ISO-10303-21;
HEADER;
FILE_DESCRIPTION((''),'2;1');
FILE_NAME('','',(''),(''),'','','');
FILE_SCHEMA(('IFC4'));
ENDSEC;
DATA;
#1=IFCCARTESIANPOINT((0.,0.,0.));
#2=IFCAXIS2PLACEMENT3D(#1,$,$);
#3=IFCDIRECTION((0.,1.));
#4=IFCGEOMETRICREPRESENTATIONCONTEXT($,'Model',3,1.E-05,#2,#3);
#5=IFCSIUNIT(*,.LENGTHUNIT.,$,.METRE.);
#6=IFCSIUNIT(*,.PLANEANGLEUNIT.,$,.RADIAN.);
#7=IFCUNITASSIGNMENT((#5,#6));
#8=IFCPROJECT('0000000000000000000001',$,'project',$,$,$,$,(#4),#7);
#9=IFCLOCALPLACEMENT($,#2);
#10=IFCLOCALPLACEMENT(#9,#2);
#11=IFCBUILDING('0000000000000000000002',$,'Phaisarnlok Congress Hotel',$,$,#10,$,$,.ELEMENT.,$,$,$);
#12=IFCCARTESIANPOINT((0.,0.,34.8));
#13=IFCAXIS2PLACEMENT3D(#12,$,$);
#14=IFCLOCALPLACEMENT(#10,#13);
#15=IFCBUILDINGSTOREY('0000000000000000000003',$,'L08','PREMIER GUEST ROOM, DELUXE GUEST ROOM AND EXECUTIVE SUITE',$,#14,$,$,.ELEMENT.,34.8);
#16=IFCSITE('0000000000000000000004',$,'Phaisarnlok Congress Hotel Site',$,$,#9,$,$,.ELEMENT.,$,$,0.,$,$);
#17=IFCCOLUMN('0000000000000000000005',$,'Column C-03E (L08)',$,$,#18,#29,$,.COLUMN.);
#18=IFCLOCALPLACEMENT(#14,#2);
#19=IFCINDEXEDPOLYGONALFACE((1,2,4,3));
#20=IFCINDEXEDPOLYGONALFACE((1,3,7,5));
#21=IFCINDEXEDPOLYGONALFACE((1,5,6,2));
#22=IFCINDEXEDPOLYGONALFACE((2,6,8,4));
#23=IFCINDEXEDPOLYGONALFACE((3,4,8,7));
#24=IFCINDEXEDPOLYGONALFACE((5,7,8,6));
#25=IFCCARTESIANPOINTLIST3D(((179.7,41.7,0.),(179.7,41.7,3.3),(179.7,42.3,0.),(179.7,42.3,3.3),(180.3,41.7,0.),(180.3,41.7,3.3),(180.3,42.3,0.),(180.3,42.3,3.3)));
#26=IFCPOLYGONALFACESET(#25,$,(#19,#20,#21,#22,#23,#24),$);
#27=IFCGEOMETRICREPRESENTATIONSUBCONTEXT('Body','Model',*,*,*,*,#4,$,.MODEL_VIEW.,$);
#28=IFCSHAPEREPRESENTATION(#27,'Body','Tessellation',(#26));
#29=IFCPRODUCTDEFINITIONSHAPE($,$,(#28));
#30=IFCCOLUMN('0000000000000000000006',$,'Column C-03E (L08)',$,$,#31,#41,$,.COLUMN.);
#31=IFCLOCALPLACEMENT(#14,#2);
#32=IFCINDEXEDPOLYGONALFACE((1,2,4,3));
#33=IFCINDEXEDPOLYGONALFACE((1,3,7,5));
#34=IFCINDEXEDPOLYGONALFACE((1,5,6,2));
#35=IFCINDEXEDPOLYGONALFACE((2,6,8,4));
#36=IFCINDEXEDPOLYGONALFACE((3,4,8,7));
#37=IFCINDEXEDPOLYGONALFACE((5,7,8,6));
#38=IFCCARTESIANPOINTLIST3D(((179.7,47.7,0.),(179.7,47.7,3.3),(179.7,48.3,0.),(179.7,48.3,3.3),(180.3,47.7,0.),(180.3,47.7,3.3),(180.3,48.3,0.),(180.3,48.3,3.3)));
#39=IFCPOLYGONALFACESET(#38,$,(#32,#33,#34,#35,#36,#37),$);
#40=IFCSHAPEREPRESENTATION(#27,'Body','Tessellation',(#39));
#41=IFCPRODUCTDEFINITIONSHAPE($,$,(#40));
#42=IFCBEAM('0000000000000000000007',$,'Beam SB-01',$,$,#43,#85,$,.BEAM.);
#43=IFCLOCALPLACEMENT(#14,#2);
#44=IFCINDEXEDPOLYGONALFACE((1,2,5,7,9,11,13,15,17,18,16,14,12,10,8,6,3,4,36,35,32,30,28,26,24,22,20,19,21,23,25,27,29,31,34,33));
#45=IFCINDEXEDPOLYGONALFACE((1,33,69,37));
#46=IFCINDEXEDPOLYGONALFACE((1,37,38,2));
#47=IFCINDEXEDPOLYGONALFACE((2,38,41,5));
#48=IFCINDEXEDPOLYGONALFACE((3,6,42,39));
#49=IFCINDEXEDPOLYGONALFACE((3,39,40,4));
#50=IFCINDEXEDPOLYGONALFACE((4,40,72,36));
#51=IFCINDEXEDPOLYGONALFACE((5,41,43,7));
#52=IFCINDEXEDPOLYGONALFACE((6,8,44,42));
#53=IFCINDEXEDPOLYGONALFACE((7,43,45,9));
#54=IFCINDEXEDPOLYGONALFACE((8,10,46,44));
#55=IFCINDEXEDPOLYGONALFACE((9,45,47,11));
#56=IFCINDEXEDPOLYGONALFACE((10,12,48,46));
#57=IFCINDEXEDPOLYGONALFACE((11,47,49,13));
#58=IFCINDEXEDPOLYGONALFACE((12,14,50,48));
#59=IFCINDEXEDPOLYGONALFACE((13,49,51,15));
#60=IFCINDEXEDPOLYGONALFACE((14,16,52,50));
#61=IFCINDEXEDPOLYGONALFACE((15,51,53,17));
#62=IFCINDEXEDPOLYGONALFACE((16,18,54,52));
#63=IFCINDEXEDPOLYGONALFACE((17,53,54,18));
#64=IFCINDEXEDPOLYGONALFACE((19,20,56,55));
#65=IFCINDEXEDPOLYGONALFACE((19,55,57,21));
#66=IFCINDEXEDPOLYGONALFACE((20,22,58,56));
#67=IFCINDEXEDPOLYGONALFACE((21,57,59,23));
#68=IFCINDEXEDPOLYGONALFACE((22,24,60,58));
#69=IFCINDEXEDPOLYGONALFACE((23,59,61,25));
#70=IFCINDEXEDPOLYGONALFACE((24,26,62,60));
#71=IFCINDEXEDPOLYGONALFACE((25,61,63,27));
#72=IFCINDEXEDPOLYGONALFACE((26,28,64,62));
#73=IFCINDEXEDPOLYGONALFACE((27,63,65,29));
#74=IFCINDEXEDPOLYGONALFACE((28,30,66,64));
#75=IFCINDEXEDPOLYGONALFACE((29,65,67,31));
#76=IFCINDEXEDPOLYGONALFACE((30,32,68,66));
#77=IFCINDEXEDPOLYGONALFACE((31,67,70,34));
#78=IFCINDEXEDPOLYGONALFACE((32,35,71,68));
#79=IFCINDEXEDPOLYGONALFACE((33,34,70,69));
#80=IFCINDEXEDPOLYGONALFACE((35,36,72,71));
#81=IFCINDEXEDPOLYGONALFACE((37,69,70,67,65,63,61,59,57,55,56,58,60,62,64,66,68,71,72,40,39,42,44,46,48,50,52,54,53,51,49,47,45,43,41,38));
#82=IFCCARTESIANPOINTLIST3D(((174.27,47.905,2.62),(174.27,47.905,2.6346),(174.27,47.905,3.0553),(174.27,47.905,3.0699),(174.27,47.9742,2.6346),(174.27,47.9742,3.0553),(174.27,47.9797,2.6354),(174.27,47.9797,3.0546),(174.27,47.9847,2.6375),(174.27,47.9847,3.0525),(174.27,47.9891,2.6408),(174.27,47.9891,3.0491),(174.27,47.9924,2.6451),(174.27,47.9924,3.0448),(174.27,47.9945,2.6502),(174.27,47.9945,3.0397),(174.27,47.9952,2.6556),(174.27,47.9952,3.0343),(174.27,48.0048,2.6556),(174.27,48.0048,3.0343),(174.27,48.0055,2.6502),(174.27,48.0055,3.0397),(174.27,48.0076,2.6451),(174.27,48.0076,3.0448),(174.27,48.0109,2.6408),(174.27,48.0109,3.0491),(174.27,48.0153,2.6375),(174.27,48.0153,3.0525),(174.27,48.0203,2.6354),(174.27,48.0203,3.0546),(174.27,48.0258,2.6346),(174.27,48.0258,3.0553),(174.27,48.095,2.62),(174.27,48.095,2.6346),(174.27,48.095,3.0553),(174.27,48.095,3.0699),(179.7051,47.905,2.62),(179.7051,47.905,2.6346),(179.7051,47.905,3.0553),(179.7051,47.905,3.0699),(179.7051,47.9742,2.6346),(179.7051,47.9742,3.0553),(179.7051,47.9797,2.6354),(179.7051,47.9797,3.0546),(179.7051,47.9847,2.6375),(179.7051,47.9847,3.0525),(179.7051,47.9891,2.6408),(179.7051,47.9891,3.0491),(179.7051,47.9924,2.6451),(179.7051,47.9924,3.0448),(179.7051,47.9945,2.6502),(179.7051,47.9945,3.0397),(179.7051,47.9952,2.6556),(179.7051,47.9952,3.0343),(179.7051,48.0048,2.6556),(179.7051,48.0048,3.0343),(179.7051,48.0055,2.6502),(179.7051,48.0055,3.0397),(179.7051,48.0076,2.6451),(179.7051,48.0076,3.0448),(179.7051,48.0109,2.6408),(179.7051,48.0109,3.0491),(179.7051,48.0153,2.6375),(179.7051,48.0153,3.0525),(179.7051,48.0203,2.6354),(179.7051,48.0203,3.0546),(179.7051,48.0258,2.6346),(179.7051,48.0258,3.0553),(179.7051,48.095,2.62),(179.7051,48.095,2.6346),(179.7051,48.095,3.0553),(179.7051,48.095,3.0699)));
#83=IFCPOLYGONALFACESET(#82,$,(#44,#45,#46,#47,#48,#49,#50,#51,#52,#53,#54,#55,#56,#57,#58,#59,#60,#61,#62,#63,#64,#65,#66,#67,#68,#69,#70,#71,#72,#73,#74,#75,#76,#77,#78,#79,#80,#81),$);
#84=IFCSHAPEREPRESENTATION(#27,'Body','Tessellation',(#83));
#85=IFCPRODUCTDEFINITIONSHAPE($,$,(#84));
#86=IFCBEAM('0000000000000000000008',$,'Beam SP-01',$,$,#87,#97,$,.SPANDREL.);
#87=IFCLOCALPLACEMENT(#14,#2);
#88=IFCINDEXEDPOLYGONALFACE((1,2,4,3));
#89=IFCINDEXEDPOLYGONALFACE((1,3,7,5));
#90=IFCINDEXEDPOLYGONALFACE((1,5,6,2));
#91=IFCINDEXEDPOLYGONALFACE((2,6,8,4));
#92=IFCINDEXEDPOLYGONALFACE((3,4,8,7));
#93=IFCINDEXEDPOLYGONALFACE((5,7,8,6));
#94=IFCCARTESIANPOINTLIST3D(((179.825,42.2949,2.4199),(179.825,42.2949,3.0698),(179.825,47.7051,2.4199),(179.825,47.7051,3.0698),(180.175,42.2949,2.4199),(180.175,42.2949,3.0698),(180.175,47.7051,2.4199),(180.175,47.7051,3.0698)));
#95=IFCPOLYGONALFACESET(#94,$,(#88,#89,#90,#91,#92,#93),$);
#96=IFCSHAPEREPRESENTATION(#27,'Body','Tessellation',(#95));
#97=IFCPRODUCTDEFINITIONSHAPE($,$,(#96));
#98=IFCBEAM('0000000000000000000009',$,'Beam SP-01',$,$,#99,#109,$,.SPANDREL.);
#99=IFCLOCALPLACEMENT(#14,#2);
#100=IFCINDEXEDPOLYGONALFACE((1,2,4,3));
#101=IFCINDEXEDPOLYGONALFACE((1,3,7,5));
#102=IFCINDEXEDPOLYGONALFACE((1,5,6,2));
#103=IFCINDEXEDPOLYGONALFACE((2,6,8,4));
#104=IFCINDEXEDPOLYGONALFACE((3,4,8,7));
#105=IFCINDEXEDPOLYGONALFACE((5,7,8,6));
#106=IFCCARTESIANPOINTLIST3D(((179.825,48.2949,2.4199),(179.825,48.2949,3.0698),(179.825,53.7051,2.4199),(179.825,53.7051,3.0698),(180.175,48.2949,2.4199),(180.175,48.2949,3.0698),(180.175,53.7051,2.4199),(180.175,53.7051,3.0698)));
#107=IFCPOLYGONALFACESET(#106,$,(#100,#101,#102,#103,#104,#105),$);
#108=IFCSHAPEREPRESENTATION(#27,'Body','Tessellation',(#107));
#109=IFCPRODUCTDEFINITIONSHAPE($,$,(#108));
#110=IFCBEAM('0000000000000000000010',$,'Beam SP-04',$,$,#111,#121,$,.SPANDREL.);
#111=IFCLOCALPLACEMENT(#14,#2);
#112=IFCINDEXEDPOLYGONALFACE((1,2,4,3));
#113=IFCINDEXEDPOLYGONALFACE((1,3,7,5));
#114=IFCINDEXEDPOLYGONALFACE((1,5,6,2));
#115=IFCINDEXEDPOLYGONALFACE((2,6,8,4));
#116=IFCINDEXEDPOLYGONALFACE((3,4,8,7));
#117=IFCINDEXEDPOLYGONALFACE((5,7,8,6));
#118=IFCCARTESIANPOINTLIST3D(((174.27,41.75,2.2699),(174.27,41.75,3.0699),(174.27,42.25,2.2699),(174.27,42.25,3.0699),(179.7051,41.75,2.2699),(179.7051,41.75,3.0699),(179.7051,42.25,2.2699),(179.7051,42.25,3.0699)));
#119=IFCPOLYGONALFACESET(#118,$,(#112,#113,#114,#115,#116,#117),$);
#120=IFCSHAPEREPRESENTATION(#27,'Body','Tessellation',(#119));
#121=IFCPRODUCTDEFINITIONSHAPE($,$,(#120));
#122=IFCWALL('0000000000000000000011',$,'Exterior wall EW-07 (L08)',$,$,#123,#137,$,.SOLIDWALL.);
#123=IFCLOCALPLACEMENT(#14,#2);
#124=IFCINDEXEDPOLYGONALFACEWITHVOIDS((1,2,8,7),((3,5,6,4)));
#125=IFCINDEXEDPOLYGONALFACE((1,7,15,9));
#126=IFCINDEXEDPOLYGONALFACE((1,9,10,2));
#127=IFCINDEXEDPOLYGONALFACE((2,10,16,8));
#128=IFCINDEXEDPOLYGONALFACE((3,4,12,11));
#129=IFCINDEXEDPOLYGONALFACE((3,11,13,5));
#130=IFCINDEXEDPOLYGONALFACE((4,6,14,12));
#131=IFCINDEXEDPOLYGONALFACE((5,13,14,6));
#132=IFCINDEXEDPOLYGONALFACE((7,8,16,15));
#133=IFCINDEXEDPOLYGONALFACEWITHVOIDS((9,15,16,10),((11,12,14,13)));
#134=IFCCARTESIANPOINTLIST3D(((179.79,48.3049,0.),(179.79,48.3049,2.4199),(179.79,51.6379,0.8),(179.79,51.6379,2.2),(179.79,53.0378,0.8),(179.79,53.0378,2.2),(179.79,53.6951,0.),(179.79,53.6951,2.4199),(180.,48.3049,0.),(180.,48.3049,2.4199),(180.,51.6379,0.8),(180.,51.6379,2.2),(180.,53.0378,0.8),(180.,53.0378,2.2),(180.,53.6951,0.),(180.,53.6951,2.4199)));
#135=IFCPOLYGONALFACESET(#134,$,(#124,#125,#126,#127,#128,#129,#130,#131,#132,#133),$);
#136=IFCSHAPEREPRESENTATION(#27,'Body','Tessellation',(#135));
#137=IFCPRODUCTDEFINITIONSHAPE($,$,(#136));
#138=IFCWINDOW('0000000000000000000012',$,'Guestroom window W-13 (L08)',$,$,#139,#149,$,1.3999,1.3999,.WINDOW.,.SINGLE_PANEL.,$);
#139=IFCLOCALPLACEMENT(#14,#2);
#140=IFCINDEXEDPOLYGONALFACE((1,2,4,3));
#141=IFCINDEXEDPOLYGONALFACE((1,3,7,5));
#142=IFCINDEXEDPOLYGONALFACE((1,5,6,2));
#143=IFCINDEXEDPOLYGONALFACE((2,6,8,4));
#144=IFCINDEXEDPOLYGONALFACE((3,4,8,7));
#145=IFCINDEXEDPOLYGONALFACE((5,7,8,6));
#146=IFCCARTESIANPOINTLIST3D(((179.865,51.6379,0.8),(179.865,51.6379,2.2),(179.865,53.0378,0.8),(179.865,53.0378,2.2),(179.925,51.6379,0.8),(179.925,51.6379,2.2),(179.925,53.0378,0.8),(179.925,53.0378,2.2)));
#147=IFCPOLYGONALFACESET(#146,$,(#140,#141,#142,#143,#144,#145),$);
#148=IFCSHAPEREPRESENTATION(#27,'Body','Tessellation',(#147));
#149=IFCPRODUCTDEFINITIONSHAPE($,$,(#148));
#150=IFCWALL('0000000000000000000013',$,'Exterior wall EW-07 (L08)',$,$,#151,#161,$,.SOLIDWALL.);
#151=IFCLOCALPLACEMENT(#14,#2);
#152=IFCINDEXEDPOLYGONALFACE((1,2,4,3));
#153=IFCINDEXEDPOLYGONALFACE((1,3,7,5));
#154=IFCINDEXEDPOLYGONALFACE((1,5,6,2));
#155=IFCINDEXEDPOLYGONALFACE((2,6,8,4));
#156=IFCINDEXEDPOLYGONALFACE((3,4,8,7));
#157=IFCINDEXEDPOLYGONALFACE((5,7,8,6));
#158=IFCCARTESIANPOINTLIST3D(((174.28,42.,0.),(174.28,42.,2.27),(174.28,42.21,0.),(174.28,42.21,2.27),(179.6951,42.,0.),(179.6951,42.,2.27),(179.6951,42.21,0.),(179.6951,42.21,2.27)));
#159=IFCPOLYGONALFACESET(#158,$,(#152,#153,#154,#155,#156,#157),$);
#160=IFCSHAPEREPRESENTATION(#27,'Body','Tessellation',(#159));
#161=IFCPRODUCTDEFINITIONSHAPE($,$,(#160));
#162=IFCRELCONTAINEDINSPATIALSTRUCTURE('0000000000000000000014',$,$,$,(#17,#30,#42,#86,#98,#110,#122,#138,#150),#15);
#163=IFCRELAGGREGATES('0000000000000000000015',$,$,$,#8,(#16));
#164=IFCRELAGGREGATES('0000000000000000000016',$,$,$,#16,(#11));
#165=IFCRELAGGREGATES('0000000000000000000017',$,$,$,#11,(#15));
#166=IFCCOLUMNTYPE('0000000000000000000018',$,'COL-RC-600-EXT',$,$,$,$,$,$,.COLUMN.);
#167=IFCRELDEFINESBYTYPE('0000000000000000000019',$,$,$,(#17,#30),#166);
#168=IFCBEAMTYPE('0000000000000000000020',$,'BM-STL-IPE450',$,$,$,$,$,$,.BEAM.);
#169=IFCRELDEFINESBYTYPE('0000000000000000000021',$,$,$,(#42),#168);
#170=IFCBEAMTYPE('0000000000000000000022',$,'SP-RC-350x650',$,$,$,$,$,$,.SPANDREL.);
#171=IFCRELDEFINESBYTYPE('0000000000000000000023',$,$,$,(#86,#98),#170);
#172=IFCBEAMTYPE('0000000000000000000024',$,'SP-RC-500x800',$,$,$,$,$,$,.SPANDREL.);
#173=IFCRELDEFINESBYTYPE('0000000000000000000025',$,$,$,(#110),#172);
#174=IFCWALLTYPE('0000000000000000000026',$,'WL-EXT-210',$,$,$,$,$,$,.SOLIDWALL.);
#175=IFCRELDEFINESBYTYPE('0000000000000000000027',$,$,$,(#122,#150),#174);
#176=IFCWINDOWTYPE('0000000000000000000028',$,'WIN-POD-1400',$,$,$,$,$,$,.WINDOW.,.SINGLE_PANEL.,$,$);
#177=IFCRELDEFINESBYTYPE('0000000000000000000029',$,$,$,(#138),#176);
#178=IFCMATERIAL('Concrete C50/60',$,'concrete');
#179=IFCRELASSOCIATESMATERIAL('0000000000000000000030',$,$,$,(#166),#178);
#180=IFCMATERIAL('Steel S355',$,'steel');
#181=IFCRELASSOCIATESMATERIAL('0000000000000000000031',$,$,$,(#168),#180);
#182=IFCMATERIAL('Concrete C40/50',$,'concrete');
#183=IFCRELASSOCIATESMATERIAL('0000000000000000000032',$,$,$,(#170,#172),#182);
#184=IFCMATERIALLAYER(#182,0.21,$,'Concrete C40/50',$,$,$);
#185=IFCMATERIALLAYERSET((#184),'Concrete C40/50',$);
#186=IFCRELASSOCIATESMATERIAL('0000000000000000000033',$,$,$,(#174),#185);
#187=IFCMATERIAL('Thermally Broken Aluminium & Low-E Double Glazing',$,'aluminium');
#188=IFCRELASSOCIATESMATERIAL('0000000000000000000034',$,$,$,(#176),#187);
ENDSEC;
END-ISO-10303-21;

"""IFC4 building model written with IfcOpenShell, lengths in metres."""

from ifc_helpers import new_model, si_unit, direction, frame, frame_2d, origin, origin_2d, place, context, subcontext, project, spatial, rectangle, i_section, extrude, material, layer, layer_set, material_profile, profile_set, type_object, element, fill, save


model = new_model("IFC4")

# Units and contexts
model_context = context("Model", 3, precision=1e-05, world=origin(), true_north=direction((0.0, 1.0)))
body_context = subcontext(model_context, "Body", "Model", "MODEL_VIEW")
ifc_project = project(units=[si_unit("LENGTHUNIT", "METRE"), si_unit("PLANEANGLEUNIT", "RADIAN")], contexts=[model_context])

# Site, building, storey
site_placement = place(None, origin())
site = spatial("IfcSite", under=ifc_project, at=site_placement, Name="Phaisarnlok Congress Hotel Site", CompositionType="ELEMENT", RefElevation=0.0)
building_placement = place(site_placement, origin())
building = spatial("IfcBuilding", under=site, at=building_placement, Name="Phaisarnlok Congress Hotel", CompositionType="ELEMENT")
storey_placement = place(building_placement, frame((0.0, 0.0, 34.8)))
storey = spatial("IfcBuildingStorey", under=building, at=storey_placement, Name="L08", Description="PREMIER GUEST ROOM, DELUXE GUEST ROOM AND EXECUTIVE SUITE", CompositionType="ELEMENT", Elevation=34.8)

# Columns
ifc_material_1 = material(Name="Concrete C50/60", Category="concrete")
ifc_material_profile_1 = material_profile(ifc_material_1, rectangle(XDim=0.6001, YDim=0.6001, at=origin_2d()), Name="RC 600x600")
ifc_profile_set_1 = profile_set([ifc_material_profile_1], Name="Concrete C50/60")
column_type = type_object("IfcColumnType", Name="COL-RC-600-EXT", PredefinedType="COLUMN", material=ifc_profile_set_1)
for number, where, z_axis, x_axis, name in (
    (1, (180.0, 42.0, 0.0), (0.0, 0.0, 1.0), (1.0, 0.0, 0.0), "Column C-03E (L08)"),
    (2, (180.0, 48.0, 0.0), (0.0, 0.0, 1.0), (1.0, 0.0, 0.0), "Column C-03E (L08)"),
):
    element("IfcColumn", number, at=place(storey_placement, frame(where, z_axis=z_axis, x_axis=x_axis)), inside=storey, type_object=column_type, Name=name, PredefinedType="COLUMN", context=body_context, shape_type="SweptSolid", body=[
        extrude(rectangle(XDim=0.6001, YDim=0.6001, at=origin_2d()), origin(), (0.0, 0.0, 1.0), 3.3),
    ])

# Beams
ifc_material_2 = material(Name="Steel S355", Category="steel")
ifc_material_profile_2 = material_profile(ifc_material_2, i_section(OverallWidth=0.1899, OverallDepth=0.45, WebThickness=0.0095, FlangeThickness=0.0146, FilletRadius=0.021, at=origin_2d()), Name="IPE 450")
ifc_profile_set_2 = profile_set([ifc_material_profile_2], Name="Steel S355")
beam_type_1 = type_object("IfcBeamType", Name="BM-STL-IPE450", PredefinedType="BEAM", material=ifc_profile_set_2)
beam_1_placement = place(storey_placement, frame((174.27, 48.0, 2.845), z_axis=(1.0, 0.0, 0.0), x_axis=(0.0, 1.0, 0.0)))
element("IfcBeam", 3, at=beam_1_placement, inside=storey, type_object=beam_type_1, Name="Beam SB-01", PredefinedType="BEAM", context=body_context, shape_type="SweptSolid", body=[
    extrude(i_section(OverallWidth=0.1899, OverallDepth=0.45, WebThickness=0.0095, FlangeThickness=0.0146, FilletRadius=0.021, at=origin_2d()), origin(), (0.0, 0.0, 1.0), 5.4351),
])
ifc_material_3 = material(Name="Concrete C40/50", Category="concrete")
ifc_material_profile_3 = material_profile(ifc_material_3, rectangle(XDim=0.3501, YDim=0.6499, at=origin_2d()), Name="RC 350x650")
ifc_profile_set_3 = profile_set([ifc_material_profile_3], Name="Concrete C40/50")
beam_type_2 = type_object("IfcBeamType", Name="SP-RC-350x650", PredefinedType="SPANDREL", material=ifc_profile_set_3)
for number, where, z_axis, x_axis, name in (
    (4, (180.0, 42.2949, 2.7449), (0.0, 1.0, 0.0), (-1.0, 0.0, 0.0), "Beam SP-01"),
    (5, (180.0, 48.2949, 2.7449), (0.0, 1.0, 0.0), (-1.0, 0.0, 0.0), "Beam SP-01"),
):
    element("IfcBeam", number, at=place(storey_placement, frame(where, z_axis=z_axis, x_axis=x_axis)), inside=storey, type_object=beam_type_2, Name=name, PredefinedType="SPANDREL", context=body_context, shape_type="SweptSolid", body=[
        extrude(rectangle(XDim=0.3501, YDim=0.6499, at=origin_2d()), origin(), (0.0, 0.0, 1.0), 5.4102),
    ])
ifc_material_profile_4 = material_profile(ifc_material_3, rectangle(XDim=0.5, YDim=0.8, at=origin_2d()), Name="RC 500x800")
ifc_profile_set_4 = profile_set([ifc_material_profile_4], Name="Concrete C40/50")
beam_type_3 = type_object("IfcBeamType", Name="SP-RC-500x800", PredefinedType="SPANDREL", material=ifc_profile_set_4)
beam_2_placement = place(storey_placement, frame((174.27, 42.0, 2.6699), z_axis=(1.0, 0.0, 0.0), x_axis=(0.0, 1.0, 0.0)))
element("IfcBeam", 6, at=beam_2_placement, inside=storey, type_object=beam_type_3, Name="Beam SP-04", PredefinedType="SPANDREL", context=body_context, shape_type="SweptSolid", body=[
    extrude(rectangle(XDim=0.5, YDim=0.8, at=origin_2d()), origin(), (0.0, 0.0, 1.0), 5.4351),
])

# Wall, opening, window
ifc_layer_1 = layer(ifc_material_3, 0.21, Name="Concrete C40/50")
ifc_layer_set_1 = layer_set([ifc_layer_1], Name="Concrete C40/50")
wall_type_1 = type_object("IfcWallType", Name="WL-EXT-210", PredefinedType="SOLIDWALL", material=ifc_layer_set_1)
wall_1_placement = place(storey_placement, frame((179.895, 48.3049, 0.0), z_axis=(0.0, 0.0, 1.0), x_axis=(0.0, 1.0, 0.0)))
wall_1 = element("IfcWall", 7, at=wall_1_placement, inside=storey, type_object=wall_type_1, Name="Exterior wall EW-07 (L08)", PredefinedType="SOLIDWALL", context=body_context, shape_type="SweptSolid", body=[
    extrude(rectangle(XDim=5.3901, YDim=0.21, at=frame_2d((2.6951, 0.0))), origin(), (0.0, 0.0, 1.0), 2.4199),
])
opening_1_placement = place(wall_1_placement, frame((3.333, 0.0, 0.8)))
opening_1 = element("IfcOpeningElement", 8, at=opening_1_placement, cuts=wall_1, PredefinedType="OPENING", context=body_context, shape_type="SweptSolid", body=[
    extrude(rectangle(XDim=1.3999, YDim=1.3999, at=frame_2d((0.7, 0.7))), frame((0.0, 0.115, 0.0), z_axis=(0.0, -1.0, 0.0), x_axis=(1.0, 0.0, 0.0)), (0.0, 0.0, 1.0), 0.23),
])
ifc_material_4 = material(Name="Thermally Broken Aluminium & Low-E Double Glazing", Category="aluminium")
window_type = type_object("IfcWindowType", Name="WIN-POD-1400", PartitioningType="SINGLE_PANEL", PredefinedType="WINDOW", material=ifc_material_4)
window_1_placement = place(opening_1_placement, origin())
window_1 = element("IfcWindow", 9, at=window_1_placement, inside=storey, type_object=window_type, Name="Guestroom window W-13 (L08)", OverallHeight=1.3999, OverallWidth=1.3999, PartitioningType="SINGLE_PANEL", PredefinedType="WINDOW", context=body_context, shape_type="SweptSolid", body=[
    extrude(rectangle(XDim=1.3999, YDim=1.3999, at=frame_2d((0.7, 0.7))), frame((0.0, 0.03, 0.0), z_axis=(0.0, -1.0, 0.0), x_axis=(1.0, 0.0, 0.0)), (0.0, 0.0, 1.0), 0.0601),
])
fill(opening_1, window_1)

# Wall
wall_2_placement = place(storey_placement, frame((174.28, 42.105, 0.0), z_axis=(0.0, 0.0, 1.0), x_axis=(1.0, 0.0, 0.0)))
element("IfcWall", 10, at=wall_2_placement, inside=storey, type_object=wall_type_1, Name="Exterior wall EW-07 (L08)", PredefinedType="SOLIDWALL", context=body_context, shape_type="SweptSolid", body=[
    extrude(rectangle(XDim=5.415, YDim=0.21, at=frame_2d((2.7075, 0.0))), origin(), (0.0, 0.0, 1.0), 2.27),
])

save(model, "model.ifc")
